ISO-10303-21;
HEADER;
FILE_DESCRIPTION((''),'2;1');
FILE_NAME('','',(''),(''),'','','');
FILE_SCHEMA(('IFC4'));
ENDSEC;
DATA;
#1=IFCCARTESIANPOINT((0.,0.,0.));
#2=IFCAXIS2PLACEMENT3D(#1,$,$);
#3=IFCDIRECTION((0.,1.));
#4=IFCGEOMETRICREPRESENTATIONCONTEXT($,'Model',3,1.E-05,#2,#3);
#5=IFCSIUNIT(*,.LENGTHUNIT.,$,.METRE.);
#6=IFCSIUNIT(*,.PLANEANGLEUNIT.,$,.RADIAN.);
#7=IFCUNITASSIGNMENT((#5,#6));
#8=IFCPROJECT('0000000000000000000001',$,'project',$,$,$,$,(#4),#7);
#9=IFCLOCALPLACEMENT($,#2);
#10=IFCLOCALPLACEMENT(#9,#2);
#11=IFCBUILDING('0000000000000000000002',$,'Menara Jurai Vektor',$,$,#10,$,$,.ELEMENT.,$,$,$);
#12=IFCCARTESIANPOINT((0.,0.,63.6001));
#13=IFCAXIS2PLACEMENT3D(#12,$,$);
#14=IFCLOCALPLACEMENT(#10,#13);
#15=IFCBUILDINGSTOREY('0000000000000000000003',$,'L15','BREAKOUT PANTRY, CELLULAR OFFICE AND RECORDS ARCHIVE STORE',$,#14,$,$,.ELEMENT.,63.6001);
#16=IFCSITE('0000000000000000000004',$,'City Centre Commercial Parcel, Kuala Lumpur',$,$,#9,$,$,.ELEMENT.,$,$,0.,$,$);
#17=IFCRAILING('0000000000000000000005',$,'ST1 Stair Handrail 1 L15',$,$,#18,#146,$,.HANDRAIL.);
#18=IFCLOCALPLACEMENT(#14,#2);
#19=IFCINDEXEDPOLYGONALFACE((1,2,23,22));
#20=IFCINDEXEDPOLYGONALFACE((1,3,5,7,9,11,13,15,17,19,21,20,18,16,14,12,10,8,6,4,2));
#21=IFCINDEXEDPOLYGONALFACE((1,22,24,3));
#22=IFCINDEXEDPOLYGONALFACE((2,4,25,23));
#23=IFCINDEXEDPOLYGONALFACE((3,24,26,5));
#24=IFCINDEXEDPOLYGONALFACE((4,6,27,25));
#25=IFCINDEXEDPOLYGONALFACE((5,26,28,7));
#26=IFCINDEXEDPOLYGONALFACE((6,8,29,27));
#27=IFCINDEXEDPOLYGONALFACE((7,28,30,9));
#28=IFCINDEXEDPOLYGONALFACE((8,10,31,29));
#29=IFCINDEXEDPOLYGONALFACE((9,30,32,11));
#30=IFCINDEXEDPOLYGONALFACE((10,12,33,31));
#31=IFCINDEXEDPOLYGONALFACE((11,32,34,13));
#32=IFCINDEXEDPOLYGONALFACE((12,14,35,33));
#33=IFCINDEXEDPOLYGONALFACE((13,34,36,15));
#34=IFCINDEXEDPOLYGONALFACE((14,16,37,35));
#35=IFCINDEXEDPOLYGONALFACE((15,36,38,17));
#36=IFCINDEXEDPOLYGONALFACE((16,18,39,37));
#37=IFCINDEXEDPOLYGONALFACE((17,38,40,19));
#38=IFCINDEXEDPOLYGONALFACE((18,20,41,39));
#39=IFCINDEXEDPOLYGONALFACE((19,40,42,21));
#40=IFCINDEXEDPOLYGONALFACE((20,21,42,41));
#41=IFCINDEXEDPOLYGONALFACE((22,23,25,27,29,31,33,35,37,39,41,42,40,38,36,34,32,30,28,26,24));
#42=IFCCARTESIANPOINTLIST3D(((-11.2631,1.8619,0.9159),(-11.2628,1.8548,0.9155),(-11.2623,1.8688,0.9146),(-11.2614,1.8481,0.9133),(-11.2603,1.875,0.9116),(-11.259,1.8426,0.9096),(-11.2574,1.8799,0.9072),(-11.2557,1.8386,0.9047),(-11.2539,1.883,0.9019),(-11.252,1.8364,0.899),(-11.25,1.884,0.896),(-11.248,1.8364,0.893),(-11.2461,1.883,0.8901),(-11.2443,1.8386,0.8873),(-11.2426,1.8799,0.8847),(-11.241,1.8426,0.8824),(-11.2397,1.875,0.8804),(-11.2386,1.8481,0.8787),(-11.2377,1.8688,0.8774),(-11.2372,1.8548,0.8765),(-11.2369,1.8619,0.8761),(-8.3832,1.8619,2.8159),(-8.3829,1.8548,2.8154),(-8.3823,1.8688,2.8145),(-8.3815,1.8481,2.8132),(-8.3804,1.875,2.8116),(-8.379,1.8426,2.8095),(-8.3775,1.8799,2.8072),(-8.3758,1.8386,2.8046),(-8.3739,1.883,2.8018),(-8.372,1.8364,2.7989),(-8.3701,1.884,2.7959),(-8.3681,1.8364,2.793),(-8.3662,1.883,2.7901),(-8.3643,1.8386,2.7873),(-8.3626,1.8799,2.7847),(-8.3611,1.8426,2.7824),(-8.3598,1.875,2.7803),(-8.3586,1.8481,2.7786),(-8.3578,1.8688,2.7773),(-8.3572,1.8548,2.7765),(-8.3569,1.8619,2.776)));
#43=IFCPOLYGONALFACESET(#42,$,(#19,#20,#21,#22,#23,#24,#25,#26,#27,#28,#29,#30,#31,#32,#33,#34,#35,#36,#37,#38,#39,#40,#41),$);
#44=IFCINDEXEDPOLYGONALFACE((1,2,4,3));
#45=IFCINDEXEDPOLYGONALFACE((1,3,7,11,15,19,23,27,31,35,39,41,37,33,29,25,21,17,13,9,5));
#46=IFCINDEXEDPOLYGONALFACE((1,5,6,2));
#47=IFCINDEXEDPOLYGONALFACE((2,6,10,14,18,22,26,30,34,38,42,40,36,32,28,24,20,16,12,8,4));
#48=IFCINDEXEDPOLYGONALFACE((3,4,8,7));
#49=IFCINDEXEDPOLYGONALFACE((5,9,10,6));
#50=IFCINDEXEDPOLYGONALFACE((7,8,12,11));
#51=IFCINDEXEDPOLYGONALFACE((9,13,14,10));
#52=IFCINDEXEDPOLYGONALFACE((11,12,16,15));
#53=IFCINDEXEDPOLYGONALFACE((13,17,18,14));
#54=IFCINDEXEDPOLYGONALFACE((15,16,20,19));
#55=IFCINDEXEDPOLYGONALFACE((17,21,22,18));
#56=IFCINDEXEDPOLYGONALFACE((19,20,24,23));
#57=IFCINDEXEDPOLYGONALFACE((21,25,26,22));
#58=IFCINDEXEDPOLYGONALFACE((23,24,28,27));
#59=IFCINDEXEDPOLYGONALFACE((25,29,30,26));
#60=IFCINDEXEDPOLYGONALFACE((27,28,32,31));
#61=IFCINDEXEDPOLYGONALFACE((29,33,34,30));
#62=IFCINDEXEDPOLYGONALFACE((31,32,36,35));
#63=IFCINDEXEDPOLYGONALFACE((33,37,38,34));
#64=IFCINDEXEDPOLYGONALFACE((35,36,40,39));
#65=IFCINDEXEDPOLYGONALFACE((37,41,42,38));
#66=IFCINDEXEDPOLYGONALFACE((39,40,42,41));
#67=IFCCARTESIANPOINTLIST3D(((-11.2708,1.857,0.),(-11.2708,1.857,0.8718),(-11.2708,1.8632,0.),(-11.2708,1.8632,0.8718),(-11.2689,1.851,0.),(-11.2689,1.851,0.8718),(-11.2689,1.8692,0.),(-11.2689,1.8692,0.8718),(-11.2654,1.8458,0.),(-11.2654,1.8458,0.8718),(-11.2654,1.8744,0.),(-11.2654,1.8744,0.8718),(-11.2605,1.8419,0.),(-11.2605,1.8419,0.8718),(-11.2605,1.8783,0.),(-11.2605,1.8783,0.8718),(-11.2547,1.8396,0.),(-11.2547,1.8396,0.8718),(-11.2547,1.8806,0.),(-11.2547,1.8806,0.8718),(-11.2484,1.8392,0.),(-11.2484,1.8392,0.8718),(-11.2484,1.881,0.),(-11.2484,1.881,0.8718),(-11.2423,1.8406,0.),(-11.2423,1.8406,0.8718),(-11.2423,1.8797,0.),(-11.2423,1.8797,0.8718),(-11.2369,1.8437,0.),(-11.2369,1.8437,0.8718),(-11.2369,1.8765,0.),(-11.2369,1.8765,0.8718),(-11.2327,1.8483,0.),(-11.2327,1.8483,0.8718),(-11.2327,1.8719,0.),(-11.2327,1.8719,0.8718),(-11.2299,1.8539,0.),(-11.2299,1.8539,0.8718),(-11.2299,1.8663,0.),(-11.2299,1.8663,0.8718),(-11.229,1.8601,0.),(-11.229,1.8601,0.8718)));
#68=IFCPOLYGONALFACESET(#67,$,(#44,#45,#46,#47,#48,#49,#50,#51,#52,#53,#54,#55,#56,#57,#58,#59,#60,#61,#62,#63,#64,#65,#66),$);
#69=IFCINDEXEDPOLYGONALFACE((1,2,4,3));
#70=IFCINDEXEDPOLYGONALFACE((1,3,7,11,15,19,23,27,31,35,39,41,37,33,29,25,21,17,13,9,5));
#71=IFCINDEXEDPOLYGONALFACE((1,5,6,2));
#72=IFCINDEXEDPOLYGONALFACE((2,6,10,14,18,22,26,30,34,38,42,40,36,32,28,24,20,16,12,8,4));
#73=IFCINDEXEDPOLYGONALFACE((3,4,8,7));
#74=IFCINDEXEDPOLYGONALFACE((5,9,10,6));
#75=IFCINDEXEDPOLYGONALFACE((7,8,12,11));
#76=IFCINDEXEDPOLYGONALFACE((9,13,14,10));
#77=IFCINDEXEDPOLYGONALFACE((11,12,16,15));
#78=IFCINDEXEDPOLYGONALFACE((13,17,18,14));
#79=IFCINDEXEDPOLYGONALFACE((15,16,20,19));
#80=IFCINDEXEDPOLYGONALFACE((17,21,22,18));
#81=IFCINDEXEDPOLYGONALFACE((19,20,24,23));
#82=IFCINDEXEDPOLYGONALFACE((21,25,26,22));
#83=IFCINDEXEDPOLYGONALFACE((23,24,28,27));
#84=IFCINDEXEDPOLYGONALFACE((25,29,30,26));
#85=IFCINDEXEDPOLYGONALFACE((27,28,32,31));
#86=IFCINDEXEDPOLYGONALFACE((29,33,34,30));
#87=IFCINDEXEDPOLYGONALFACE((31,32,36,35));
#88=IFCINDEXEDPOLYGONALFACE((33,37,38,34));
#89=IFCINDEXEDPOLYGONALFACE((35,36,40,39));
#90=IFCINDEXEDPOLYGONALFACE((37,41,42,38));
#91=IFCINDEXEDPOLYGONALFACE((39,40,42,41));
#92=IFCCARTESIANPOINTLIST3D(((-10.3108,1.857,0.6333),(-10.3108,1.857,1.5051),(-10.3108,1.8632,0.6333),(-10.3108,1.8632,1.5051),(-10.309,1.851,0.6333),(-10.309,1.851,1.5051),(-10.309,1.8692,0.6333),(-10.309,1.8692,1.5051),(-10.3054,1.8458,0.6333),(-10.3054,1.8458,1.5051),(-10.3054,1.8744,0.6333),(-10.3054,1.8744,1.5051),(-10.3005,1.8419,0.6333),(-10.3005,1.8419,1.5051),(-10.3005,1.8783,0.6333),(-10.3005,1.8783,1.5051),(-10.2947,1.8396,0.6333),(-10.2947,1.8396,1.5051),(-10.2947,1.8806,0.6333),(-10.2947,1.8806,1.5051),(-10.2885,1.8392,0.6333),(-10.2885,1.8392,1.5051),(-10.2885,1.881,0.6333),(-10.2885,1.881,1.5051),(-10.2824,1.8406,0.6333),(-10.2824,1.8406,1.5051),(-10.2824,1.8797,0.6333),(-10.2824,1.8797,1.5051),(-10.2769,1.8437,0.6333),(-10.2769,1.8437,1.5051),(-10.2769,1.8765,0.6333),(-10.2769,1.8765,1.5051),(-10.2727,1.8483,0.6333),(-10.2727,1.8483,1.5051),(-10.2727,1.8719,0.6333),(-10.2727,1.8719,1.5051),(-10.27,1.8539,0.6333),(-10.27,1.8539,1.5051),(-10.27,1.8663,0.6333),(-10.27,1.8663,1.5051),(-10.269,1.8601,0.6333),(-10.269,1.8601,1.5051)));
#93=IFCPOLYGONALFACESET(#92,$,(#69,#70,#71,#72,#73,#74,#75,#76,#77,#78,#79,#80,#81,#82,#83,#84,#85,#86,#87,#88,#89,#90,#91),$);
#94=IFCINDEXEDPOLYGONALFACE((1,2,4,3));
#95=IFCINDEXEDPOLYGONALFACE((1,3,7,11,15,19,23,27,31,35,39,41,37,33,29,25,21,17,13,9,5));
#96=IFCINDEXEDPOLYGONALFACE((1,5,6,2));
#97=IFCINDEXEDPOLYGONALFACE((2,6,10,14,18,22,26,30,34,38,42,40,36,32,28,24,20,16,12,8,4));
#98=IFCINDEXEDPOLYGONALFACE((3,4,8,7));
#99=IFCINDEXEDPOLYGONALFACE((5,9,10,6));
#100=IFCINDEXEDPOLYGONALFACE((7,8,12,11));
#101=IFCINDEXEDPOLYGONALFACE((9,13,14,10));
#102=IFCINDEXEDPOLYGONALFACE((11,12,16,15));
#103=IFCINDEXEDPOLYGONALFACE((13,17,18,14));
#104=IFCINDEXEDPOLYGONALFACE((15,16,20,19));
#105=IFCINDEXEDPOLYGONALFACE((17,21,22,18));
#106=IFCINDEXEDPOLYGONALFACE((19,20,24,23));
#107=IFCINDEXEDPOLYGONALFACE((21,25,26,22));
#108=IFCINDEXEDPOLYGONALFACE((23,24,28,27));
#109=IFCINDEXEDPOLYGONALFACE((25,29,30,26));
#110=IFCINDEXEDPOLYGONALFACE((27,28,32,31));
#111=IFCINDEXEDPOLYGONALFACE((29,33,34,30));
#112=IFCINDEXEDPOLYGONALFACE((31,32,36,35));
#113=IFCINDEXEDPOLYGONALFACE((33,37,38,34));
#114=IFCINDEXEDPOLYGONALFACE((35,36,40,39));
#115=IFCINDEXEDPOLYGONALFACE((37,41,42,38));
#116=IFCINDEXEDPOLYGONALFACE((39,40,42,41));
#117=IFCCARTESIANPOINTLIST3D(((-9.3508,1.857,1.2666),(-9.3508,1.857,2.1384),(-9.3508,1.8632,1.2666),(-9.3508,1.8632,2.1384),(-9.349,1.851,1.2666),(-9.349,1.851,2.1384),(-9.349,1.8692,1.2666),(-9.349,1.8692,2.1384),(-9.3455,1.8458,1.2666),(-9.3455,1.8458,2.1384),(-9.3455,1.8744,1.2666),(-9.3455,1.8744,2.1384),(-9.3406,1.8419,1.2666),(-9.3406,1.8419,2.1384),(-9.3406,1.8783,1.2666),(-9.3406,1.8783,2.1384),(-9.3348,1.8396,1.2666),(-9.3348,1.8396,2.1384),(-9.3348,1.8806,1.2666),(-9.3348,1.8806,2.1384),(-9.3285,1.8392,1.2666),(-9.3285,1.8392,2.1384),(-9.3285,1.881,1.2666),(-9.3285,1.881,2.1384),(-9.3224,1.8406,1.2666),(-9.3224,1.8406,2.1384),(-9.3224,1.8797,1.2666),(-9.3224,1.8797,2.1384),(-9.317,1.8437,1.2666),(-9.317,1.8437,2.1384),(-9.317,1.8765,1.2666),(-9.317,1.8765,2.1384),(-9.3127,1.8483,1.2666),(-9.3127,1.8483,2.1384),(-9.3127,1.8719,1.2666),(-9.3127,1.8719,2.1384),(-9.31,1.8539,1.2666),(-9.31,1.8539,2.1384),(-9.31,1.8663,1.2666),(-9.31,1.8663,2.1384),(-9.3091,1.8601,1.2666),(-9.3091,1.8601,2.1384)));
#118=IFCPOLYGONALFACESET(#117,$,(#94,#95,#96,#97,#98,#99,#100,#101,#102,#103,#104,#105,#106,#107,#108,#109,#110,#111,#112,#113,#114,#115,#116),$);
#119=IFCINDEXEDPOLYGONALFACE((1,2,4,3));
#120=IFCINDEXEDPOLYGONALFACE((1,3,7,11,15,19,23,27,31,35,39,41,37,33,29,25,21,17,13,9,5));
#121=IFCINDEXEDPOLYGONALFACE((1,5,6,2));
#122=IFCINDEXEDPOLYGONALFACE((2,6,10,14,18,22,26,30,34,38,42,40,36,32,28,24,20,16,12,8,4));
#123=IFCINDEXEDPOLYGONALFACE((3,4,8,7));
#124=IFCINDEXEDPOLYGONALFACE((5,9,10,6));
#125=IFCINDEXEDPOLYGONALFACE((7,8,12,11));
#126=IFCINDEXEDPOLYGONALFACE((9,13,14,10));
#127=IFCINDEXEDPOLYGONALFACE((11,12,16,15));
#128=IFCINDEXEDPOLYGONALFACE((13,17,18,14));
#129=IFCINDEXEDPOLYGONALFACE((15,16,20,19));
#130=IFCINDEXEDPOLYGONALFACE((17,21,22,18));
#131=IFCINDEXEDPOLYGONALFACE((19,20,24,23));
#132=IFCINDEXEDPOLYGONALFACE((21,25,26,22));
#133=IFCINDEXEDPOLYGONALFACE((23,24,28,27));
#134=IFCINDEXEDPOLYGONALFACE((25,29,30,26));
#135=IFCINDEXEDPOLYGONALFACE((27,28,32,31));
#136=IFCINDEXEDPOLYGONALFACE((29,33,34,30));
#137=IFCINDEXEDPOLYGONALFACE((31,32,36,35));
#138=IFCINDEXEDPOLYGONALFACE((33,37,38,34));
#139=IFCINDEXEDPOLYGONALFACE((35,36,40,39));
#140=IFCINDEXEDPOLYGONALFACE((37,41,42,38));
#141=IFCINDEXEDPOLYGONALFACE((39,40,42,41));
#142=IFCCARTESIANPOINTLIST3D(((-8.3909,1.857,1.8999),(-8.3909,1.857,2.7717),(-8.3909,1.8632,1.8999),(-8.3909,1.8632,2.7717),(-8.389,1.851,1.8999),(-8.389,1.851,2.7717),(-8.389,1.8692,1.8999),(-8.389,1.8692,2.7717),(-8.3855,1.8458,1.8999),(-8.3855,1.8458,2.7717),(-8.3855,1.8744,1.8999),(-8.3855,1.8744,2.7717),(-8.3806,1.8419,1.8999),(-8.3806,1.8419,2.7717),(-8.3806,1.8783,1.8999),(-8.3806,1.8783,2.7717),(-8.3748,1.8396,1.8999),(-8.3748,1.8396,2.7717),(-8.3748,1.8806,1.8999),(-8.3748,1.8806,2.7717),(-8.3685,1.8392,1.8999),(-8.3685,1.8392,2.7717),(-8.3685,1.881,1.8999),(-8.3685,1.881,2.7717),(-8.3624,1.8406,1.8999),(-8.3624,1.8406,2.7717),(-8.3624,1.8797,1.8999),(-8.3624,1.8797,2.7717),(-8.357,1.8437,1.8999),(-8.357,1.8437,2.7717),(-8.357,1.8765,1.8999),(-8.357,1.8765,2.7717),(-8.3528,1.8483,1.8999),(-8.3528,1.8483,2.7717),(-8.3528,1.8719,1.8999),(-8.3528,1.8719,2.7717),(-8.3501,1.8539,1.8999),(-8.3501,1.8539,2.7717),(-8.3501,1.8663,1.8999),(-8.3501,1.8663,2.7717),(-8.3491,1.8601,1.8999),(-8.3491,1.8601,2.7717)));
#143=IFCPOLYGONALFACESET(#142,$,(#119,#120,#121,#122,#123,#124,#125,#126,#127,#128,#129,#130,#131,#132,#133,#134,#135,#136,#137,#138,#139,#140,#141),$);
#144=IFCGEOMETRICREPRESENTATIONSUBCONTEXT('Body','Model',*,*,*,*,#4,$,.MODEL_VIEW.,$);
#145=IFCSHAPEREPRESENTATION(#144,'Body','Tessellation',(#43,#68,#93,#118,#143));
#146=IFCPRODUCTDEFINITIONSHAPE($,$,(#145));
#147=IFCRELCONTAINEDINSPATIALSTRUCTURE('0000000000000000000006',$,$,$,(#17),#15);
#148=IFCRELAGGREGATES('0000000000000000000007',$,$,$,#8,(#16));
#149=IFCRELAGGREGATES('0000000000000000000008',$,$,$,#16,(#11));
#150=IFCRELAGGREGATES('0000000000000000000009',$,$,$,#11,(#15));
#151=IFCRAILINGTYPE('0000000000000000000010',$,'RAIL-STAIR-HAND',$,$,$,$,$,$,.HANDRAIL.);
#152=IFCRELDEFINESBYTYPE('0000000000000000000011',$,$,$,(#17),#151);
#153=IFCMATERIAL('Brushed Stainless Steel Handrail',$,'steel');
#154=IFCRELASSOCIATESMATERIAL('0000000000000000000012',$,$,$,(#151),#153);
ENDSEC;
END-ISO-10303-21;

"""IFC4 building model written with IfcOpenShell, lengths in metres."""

from ifc_helpers import new_model, si_unit, direction, frame, origin, origin_2d, place, context, subcontext, project, spatial, circle, extrude, material, type_object, element, save


model = new_model("IFC4")

# Units and contexts
model_context = context("Model", 3, precision=1e-05, world=origin(), true_north=direction((0.0, 1.0)))
body_context = subcontext(model_context, "Body", "Model", "MODEL_VIEW")
ifc_project = project(units=[si_unit("LENGTHUNIT", "METRE"), si_unit("PLANEANGLEUNIT", "RADIAN")], contexts=[model_context])

# Site, building, storey
site_placement = place(None, origin())
site = spatial("IfcSite", under=ifc_project, at=site_placement, Name="City Centre Commercial Parcel, Kuala Lumpur", CompositionType="ELEMENT", RefElevation=0.0)
building_placement = place(site_placement, origin())
building = spatial("IfcBuilding", under=site, at=building_placement, Name="Menara Jurai Vektor", CompositionType="ELEMENT")
storey_placement = place(building_placement, frame((0.0, 0.0, 63.6001)))
storey = spatial("IfcBuildingStorey", under=building, at=storey_placement, Name="L15", Description="BREAKOUT PANTRY, CELLULAR OFFICE AND RECORDS ARCHIVE STORE", CompositionType="ELEMENT", Elevation=63.6001)

# Railing
ifc_material_1 = material(Name="Brushed Stainless Steel Handrail", Category="steel")
railing_type_1 = type_object("IfcRailingType", Name="RAIL-STAIR-HAND", PredefinedType="HANDRAIL", material=ifc_material_1)
railing_1_placement = place(storey_placement, frame((-11.25, 1.8601, 0.0)))
element("IfcRailing", 1, at=railing_1_placement, inside=storey, type_object=railing_type_1, Name="ST1 Stair Handrail 1 L15", PredefinedType="HANDRAIL", context=body_context, shape_type="SweptSolid", body=[
    extrude(circle(Radius=0.0239, at=origin_2d()), frame((0.0, 0.0, 0.896), z_axis=(0.834719, 0.0, 0.550677), x_axis=(0.0, 1.0, 0.0)), (0.0, 0.0, 1.0), 3.4502),
    extrude(circle(Radius=0.021, at=origin_2d()), origin(), (0.0, 0.0, 1.0), 0.8718),
    extrude(circle(Radius=0.021, at=origin_2d()), frame((0.96, 0.0, 0.6333)), (0.0, 0.0, 1.0), 0.8718),
    extrude(circle(Radius=0.021, at=origin_2d()), frame((1.9199, 0.0, 1.2666)), (0.0, 0.0, 1.0), 0.8718),
    extrude(circle(Radius=0.021, at=origin_2d()), frame((2.8799, 0.0, 1.8999)), (0.0, 0.0, 1.0), 0.8718),
])

save(model, "model.ifc")
